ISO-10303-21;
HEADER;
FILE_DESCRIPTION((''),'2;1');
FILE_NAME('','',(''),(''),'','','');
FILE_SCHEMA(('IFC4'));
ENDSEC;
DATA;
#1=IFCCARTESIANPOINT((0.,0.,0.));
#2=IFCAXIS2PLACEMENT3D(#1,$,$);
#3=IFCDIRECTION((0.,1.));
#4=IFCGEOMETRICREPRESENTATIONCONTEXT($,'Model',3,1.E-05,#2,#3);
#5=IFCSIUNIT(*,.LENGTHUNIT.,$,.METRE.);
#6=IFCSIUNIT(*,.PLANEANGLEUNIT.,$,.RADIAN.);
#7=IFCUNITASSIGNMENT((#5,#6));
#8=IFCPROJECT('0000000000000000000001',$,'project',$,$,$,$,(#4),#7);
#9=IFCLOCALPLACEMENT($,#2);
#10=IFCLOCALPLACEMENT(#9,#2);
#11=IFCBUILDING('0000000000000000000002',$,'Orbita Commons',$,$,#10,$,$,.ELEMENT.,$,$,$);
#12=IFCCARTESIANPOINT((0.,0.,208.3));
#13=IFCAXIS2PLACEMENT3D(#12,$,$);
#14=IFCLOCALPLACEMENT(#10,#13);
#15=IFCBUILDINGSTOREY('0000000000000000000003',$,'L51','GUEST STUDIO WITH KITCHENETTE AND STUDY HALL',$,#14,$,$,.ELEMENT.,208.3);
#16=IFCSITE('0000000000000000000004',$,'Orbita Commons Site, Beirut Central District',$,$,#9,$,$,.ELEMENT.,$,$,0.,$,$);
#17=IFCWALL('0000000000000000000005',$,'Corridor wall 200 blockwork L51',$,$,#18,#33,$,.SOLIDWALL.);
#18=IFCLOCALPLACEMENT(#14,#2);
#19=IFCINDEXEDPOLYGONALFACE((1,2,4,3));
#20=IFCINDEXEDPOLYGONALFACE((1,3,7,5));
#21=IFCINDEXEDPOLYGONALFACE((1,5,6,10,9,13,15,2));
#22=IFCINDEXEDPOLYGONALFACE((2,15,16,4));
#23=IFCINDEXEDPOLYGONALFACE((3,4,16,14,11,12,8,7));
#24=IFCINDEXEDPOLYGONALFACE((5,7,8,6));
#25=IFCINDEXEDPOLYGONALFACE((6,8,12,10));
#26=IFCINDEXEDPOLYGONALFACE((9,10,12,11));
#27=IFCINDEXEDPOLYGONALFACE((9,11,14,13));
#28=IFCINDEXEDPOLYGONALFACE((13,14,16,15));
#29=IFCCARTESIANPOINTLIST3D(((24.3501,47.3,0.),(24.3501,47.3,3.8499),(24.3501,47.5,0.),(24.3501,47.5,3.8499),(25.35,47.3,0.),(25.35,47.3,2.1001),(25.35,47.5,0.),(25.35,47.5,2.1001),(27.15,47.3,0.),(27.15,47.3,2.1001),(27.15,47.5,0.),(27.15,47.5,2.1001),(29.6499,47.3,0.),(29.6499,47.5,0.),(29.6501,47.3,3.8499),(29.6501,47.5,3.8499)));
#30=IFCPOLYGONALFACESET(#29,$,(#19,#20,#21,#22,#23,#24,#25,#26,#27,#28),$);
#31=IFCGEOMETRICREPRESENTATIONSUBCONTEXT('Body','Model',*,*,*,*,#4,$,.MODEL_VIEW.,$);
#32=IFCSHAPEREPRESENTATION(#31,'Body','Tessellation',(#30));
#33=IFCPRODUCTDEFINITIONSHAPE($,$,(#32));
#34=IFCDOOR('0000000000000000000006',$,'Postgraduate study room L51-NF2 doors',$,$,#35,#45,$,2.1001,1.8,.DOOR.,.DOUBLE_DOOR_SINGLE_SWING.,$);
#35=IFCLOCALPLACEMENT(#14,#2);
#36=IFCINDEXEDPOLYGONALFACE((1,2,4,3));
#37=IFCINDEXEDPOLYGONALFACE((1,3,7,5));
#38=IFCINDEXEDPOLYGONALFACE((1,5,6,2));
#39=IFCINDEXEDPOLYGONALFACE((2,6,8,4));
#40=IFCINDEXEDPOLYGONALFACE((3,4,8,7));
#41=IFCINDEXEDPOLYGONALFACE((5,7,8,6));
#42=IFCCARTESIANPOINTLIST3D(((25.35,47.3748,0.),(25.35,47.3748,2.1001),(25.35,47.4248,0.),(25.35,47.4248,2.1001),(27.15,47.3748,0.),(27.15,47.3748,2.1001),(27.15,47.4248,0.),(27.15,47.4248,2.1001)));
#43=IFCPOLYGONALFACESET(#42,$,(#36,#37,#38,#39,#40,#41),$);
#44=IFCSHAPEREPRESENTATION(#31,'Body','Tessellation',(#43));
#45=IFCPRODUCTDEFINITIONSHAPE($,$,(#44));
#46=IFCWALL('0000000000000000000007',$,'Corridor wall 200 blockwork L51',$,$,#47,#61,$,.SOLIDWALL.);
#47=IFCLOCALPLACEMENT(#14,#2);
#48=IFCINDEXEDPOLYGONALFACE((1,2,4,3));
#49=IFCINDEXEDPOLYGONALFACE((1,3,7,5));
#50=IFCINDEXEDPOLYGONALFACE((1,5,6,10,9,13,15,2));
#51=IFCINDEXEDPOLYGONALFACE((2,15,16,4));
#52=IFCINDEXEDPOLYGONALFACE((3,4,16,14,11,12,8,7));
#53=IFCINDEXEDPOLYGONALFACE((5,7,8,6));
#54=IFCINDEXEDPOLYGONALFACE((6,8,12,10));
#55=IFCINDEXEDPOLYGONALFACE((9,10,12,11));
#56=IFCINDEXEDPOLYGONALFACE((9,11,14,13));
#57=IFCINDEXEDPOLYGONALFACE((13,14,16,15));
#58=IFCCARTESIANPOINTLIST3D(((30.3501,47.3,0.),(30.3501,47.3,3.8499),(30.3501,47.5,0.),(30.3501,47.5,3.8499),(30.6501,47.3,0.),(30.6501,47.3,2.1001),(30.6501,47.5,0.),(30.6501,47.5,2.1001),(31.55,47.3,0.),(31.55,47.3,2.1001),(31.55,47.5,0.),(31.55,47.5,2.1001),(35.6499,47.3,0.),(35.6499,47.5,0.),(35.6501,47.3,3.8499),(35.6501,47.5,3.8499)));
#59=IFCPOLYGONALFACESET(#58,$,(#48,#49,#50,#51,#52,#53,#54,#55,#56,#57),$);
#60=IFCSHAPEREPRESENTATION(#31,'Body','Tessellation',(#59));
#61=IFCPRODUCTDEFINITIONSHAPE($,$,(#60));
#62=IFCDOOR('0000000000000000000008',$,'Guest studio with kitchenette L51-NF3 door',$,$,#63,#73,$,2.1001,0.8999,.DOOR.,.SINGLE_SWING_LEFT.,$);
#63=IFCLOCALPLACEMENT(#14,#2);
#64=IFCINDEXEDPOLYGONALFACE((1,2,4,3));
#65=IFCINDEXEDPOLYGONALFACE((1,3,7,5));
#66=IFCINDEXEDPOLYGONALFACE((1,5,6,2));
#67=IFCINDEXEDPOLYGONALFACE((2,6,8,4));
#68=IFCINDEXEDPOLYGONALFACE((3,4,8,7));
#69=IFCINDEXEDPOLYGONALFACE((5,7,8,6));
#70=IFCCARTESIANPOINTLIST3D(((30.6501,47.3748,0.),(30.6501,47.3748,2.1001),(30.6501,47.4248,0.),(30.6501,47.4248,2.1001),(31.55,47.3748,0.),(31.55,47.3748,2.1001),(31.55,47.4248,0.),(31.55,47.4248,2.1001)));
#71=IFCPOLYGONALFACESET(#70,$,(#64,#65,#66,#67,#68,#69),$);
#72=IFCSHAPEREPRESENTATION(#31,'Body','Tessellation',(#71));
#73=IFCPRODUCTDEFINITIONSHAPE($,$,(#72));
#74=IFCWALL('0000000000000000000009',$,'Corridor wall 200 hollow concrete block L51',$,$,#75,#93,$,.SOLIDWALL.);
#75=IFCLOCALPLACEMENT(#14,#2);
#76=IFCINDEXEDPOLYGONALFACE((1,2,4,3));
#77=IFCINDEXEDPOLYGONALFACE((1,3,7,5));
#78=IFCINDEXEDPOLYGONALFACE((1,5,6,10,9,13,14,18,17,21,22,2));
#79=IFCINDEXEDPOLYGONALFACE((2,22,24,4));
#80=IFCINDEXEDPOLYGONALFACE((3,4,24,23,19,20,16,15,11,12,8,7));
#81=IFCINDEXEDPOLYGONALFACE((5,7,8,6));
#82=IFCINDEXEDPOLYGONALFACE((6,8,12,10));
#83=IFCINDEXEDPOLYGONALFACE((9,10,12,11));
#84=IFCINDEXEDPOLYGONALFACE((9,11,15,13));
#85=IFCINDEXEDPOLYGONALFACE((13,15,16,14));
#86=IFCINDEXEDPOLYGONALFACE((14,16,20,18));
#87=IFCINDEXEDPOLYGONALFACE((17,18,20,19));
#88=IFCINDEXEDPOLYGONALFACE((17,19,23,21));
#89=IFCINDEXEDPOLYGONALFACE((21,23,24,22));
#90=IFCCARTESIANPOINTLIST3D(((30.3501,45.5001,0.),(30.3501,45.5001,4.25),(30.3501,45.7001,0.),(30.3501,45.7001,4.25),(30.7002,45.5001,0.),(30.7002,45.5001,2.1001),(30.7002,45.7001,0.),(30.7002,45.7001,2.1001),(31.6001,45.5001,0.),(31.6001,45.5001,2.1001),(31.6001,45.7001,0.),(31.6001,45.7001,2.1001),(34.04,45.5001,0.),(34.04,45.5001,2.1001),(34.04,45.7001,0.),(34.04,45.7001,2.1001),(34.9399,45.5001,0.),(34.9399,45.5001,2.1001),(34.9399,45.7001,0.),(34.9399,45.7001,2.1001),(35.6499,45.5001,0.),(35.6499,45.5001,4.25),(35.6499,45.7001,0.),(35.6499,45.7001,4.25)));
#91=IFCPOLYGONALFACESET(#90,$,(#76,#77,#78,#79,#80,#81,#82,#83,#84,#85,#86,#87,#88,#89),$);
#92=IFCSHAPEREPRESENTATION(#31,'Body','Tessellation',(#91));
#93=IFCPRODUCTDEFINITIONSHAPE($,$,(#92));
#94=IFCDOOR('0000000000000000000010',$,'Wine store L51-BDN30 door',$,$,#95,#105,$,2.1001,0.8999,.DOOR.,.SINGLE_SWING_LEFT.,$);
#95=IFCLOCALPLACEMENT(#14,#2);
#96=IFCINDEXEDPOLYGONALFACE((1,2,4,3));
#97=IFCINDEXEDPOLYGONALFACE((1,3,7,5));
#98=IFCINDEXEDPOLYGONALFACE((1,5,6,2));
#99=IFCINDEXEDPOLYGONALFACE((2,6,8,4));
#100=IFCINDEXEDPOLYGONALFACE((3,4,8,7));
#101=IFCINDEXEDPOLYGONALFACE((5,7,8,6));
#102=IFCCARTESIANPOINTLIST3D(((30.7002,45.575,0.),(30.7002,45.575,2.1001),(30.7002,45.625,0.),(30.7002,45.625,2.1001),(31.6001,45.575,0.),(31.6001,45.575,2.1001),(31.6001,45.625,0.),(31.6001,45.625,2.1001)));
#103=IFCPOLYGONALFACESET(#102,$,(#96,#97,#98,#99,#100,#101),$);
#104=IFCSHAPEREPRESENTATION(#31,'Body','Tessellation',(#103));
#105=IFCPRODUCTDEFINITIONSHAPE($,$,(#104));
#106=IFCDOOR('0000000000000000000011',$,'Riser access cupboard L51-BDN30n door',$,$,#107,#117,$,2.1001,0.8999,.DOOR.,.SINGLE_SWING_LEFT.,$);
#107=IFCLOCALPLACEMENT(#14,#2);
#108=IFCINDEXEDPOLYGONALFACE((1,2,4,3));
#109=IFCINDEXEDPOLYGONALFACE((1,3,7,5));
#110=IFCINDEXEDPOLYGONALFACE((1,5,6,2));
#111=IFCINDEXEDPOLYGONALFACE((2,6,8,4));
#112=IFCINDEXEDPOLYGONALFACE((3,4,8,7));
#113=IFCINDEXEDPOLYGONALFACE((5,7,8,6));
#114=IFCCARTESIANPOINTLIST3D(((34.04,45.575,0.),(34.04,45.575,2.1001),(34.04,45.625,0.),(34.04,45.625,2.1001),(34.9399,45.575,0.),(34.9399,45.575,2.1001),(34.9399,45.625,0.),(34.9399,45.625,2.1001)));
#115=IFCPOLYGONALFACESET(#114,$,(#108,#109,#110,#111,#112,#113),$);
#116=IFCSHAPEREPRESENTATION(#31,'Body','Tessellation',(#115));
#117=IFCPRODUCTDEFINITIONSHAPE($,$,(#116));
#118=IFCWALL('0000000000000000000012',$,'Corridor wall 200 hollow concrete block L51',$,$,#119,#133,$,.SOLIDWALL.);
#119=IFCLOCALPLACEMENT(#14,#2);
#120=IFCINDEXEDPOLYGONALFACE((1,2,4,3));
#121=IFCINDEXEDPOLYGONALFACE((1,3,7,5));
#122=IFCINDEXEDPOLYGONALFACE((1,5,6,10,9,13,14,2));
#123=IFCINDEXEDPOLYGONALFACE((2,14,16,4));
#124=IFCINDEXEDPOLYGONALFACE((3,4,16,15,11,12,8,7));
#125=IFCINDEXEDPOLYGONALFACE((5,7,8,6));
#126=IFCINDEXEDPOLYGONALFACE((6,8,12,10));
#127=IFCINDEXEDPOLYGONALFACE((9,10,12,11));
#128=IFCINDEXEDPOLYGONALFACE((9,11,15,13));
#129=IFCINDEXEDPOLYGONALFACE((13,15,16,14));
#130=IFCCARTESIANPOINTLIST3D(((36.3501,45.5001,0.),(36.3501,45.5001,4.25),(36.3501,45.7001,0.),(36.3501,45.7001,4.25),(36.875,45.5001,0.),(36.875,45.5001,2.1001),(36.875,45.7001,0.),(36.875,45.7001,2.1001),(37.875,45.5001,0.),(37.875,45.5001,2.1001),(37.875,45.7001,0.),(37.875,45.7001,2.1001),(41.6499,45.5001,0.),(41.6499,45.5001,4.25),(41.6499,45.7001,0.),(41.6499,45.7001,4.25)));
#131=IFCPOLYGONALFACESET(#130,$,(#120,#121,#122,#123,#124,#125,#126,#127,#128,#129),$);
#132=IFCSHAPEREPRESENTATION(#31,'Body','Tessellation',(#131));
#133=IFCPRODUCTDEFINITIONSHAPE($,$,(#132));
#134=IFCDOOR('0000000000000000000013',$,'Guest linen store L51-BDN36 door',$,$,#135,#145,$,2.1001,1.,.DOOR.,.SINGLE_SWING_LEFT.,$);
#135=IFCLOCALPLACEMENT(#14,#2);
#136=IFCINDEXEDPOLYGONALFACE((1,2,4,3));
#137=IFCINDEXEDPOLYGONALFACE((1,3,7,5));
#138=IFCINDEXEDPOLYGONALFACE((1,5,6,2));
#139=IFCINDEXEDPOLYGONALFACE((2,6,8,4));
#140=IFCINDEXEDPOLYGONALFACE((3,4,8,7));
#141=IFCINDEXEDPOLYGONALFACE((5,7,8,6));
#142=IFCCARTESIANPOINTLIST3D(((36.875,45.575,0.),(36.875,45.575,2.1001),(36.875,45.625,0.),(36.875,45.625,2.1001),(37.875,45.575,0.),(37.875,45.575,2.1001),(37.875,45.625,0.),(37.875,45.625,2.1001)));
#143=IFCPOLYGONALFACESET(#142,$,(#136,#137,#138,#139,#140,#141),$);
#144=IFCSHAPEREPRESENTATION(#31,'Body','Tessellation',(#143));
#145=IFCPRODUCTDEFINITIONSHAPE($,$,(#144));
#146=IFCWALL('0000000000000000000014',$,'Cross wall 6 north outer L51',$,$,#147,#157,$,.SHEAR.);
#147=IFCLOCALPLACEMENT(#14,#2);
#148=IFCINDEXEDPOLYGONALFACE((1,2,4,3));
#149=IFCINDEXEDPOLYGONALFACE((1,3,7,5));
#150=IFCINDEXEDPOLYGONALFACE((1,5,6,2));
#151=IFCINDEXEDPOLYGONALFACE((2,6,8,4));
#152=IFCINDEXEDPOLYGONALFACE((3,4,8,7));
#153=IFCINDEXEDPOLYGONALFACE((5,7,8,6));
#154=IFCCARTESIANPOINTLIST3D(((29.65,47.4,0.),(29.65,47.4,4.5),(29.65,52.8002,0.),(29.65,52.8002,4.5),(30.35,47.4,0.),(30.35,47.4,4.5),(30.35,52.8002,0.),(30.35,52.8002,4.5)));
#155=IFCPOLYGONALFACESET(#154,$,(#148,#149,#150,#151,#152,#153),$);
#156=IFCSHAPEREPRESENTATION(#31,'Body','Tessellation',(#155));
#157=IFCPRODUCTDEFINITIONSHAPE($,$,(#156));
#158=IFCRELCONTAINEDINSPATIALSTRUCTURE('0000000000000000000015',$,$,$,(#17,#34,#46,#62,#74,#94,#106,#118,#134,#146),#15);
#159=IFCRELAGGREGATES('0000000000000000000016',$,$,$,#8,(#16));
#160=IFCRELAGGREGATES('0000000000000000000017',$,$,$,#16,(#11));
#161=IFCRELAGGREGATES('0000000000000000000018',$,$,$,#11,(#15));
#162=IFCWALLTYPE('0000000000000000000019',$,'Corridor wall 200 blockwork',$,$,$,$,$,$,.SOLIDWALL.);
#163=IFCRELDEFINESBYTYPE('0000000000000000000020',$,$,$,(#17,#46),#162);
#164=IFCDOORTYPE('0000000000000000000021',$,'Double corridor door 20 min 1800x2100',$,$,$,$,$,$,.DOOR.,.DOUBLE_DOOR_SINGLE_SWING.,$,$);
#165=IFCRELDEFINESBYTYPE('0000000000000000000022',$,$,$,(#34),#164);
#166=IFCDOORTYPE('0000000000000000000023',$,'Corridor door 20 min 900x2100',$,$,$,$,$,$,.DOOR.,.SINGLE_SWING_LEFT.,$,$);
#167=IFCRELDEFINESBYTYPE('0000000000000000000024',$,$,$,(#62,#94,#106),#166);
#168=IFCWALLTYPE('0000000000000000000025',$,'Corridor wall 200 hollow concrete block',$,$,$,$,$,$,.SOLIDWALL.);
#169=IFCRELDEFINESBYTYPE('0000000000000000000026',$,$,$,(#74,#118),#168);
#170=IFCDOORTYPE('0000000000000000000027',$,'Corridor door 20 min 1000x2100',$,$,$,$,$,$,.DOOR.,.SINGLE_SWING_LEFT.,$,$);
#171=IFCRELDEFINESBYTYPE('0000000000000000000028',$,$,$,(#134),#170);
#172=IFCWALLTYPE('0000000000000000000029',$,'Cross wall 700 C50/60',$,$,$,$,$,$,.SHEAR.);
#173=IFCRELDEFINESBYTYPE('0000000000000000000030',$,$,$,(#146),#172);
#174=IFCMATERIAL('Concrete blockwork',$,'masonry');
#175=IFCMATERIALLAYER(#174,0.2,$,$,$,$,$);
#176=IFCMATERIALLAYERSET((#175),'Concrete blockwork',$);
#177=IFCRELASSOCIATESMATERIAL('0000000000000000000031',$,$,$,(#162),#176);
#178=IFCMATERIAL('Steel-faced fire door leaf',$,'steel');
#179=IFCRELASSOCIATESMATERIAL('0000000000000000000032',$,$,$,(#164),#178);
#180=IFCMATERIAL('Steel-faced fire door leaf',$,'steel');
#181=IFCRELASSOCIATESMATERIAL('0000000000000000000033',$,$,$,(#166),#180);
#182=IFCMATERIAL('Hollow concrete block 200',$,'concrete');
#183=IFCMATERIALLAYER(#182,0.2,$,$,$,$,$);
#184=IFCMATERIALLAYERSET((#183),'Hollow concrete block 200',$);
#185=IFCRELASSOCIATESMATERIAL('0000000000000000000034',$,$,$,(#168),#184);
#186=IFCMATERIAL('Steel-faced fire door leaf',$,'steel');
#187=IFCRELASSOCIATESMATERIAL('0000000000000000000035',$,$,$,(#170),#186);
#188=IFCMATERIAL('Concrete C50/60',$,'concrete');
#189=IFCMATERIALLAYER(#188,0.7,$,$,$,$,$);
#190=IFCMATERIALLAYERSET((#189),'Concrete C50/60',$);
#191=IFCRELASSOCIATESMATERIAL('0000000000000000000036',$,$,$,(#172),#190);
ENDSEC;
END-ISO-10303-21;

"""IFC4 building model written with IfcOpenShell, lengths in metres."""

from ifc_helpers import new_model, si_unit, direction, frame, frame_2d, origin, place, context, subcontext, project, spatial, polyline, rectangle, outline, extrude, material, layer, layer_set, type_object, element, fill, save


model = new_model("IFC4")

# Units and contexts
model_context = context("Model", 3, precision=1e-05, world=origin(), true_north=direction((0.0, 1.0)))
body_context = subcontext(model_context, "Body", "Model", "MODEL_VIEW")
ifc_project = project(units=[si_unit("LENGTHUNIT", "METRE"), si_unit("PLANEANGLEUNIT", "RADIAN")], contexts=[model_context])

# Site, building, storey
site_placement = place(None, origin())
site = spatial("IfcSite", under=ifc_project, at=site_placement, Name="Orbita Commons Site, Beirut Central District", CompositionType="ELEMENT", RefElevation=0.0)
building_placement = place(site_placement, origin())
building = spatial("IfcBuilding", under=site, at=building_placement, Name="Orbita Commons", CompositionType="ELEMENT")
storey_placement = place(building_placement, frame((0.0, 0.0, 208.3)))
storey = spatial("IfcBuildingStorey", under=building, at=storey_placement, Name="L51", Description="GUEST STUDIO WITH KITCHENETTE AND STUDY HALL", CompositionType="ELEMENT", Elevation=208.3)

# Walls, openings, doors
ifc_material_1 = material(Name="Concrete blockwork", Category="masonry")
ifc_layer_1 = layer(ifc_material_1, 0.2)
ifc_layer_set_1 = layer_set([ifc_layer_1], Name="Concrete blockwork")
wall_type_1 = type_object("IfcWallType", Name="Corridor wall 200 blockwork", PredefinedType="SOLIDWALL", material=ifc_layer_set_1)
wall_1_placement = place(storey_placement, frame((24.3501, 47.3999, 0.0), z_axis=(0.0, 0.0, 1.0), x_axis=(1.0, 0.0, 0.0)))
wall_1 = element("IfcWall", 1, at=wall_1_placement, inside=storey, type_object=wall_type_1, Name="Corridor wall 200 blockwork L51", PredefinedType="SOLIDWALL", context=body_context, shape_type="SweptSolid", body=[
    extrude(outline(polyline([(0.0, 0.0), (5.2998, 0.0), (5.3, 3.8499), (0.0, 3.8499), (0.0, 0.0)])), frame((0.0, 0.1001, 0.0), z_axis=(0.0, -1.0, 0.0), x_axis=(1.0, 0.0, 0.0)), (0.0, 0.0, 1.0), 0.2),
])
opening_1_placement = place(wall_1_placement, frame((1.0, 0.0, 0.0)))
opening_1 = element("IfcOpeningElement", 2, at=opening_1_placement, cuts=wall_1, PredefinedType="OPENING", context=body_context, shape_type="SweptSolid", body=[
    extrude(rectangle(XDim=1.8, YDim=2.1001, at=frame_2d((0.8999, 1.05))), frame((0.0, 0.1099, 0.0), z_axis=(0.0, -1.0, 0.0), x_axis=(1.0, 0.0, 0.0)), (0.0, 0.0, 1.0), 0.22),
])
ifc_material_2 = material(Name="Steel-faced fire door leaf", Category="steel")
door_type_1 = type_object("IfcDoorType", Name="Double corridor door 20 min 1800x2100", OperationType="DOUBLE_DOOR_SINGLE_SWING", PredefinedType="DOOR", material=ifc_material_2)
door_1_placement = place(opening_1_placement, origin())
door_1 = element("IfcDoor", 3, at=door_1_placement, inside=storey, type_object=door_type_1, Name="Postgraduate study room L51-NF2 doors", OperationType="DOUBLE_DOOR_SINGLE_SWING", OverallHeight=2.1001, OverallWidth=1.8, PredefinedType="DOOR", context=body_context, shape_type="SweptSolid", body=[
    extrude(rectangle(XDim=1.8, YDim=2.1001, at=frame_2d((0.8999, 1.05))), frame((0.0, 0.0249, 0.0), z_axis=(0.0, -1.0, 0.0), x_axis=(1.0, 0.0, 0.0)), (0.0, 0.0, 1.0), 0.05),
])
fill(opening_1, door_1)
wall_2_placement = place(storey_placement, frame((30.3501, 47.3999, 0.0), z_axis=(0.0, 0.0, 1.0), x_axis=(1.0, 0.0, 0.0)))
wall_2 = element("IfcWall", 4, at=wall_2_placement, inside=storey, type_object=wall_type_1, Name="Corridor wall 200 blockwork L51", PredefinedType="SOLIDWALL", context=body_context, shape_type="SweptSolid", body=[
    extrude(outline(polyline([(0.0, 0.0), (5.2998, 0.0), (5.3, 3.8499), (0.0, 3.8499), (0.0, 0.0)])), frame((0.0, 0.1001, 0.0), z_axis=(0.0, -1.0, 0.0), x_axis=(1.0, 0.0, 0.0)), (0.0, 0.0, 1.0), 0.2),
])
opening_2_placement = place(wall_2_placement, frame((0.3, 0.0, 0.0)))
opening_2 = element("IfcOpeningElement", 5, at=opening_2_placement, cuts=wall_2, PredefinedType="OPENING", context=body_context, shape_type="SweptSolid", body=[
    extrude(rectangle(XDim=0.8999, YDim=2.1001, at=frame_2d((0.45, 1.05))), frame((0.0, 0.1099, 0.0), z_axis=(0.0, -1.0, 0.0), x_axis=(1.0, 0.0, 0.0)), (0.0, 0.0, 1.0), 0.22),
])
ifc_material_3 = material(Name="Steel-faced fire door leaf", Category="steel")
door_type_2 = type_object("IfcDoorType", Name="Corridor door 20 min 900x2100", OperationType="SINGLE_SWING_LEFT", PredefinedType="DOOR", material=ifc_material_3)
door_2_placement = place(opening_2_placement, origin())
door_2 = element("IfcDoor", 6, at=door_2_placement, inside=storey, type_object=door_type_2, Name="Guest studio with kitchenette L51-NF3 door", OperationType="SINGLE_SWING_LEFT", OverallHeight=2.1001, OverallWidth=0.8999, PredefinedType="DOOR", context=body_context, shape_type="SweptSolid", body=[
    extrude(rectangle(XDim=0.8999, YDim=2.1001, at=frame_2d((0.45, 1.05))), frame((0.0, 0.0249, 0.0), z_axis=(0.0, -1.0, 0.0), x_axis=(1.0, 0.0, 0.0)), (0.0, 0.0, 1.0), 0.05),
])
fill(opening_2, door_2)

# Wall, openings, doors
ifc_material_4 = material(Name="Hollow concrete block 200", Category="concrete")
ifc_layer_2 = layer(ifc_material_4, 0.2)
ifc_layer_set_2 = layer_set([ifc_layer_2], Name="Hollow concrete block 200")
wall_type_2 = type_object("IfcWallType", Name="Corridor wall 200 hollow concrete block", PredefinedType="SOLIDWALL", material=ifc_layer_set_2)
wall_3_placement = place(storey_placement, frame((30.3501, 45.6001, 0.0), z_axis=(0.0, 0.0, 1.0), x_axis=(1.0, 0.0, 0.0)))
wall_3 = element("IfcWall", 7, at=wall_3_placement, inside=storey, type_object=wall_type_2, Name="Corridor wall 200 hollow concrete block L51", PredefinedType="SOLIDWALL", context=body_context, shape_type="SweptSolid", body=[
    extrude(rectangle(XDim=5.2998, YDim=0.2, at=frame_2d((2.6499, 0.0))), origin(), (0.0, 0.0, 1.0), 4.25),
])
opening_3_placement = place(wall_3_placement, frame((0.3501, 0.0, 0.0)))
opening_3 = element("IfcOpeningElement", 8, at=opening_3_placement, cuts=wall_3, PredefinedType="OPENING", context=body_context, shape_type="SweptSolid", body=[
    extrude(rectangle(XDim=0.8999, YDim=2.1001, at=frame_2d((0.45, 1.05))), frame((0.0, 0.1099, 0.0), z_axis=(0.0, -1.0, 0.0), x_axis=(1.0, 0.0, 0.0)), (0.0, 0.0, 1.0), 0.22),
])
opening_4_placement = place(wall_3_placement, frame((3.6899, 0.0, 0.0)))
opening_4 = element("IfcOpeningElement", 9, at=opening_4_placement, cuts=wall_3, PredefinedType="OPENING", context=body_context, shape_type="SweptSolid", body=[
    extrude(rectangle(XDim=0.8999, YDim=2.1001, at=frame_2d((0.45, 1.05))), frame((0.0, 0.1099, 0.0), z_axis=(0.0, -1.0, 0.0), x_axis=(1.0, 0.0, 0.0)), (0.0, 0.0, 1.0), 0.22),
])
door_3_placement = place(opening_3_placement, origin())
door_3 = element("IfcDoor", 10, at=door_3_placement, inside=storey, type_object=door_type_2, Name="Wine store L51-BDN30 door", OperationType="SINGLE_SWING_LEFT", OverallHeight=2.1001, OverallWidth=0.8999, PredefinedType="DOOR", context=body_context, shape_type="SweptSolid", body=[
    extrude(rectangle(XDim=0.8999, YDim=2.1001, at=frame_2d((0.45, 1.05))), frame((0.0, 0.0249, 0.0), z_axis=(0.0, -1.0, 0.0), x_axis=(1.0, 0.0, 0.0)), (0.0, 0.0, 1.0), 0.05),
])
fill(opening_3, door_3)
door_4_placement = place(opening_4_placement, origin())
door_4 = element("IfcDoor", 11, at=door_4_placement, inside=storey, type_object=door_type_2, Name="Riser access cupboard L51-BDN30n door", OperationType="SINGLE_SWING_LEFT", OverallHeight=2.1001, OverallWidth=0.8999, PredefinedType="DOOR", context=body_context, shape_type="SweptSolid", body=[
    extrude(rectangle(XDim=0.8999, YDim=2.1001, at=frame_2d((0.45, 1.05))), frame((0.0, 0.0249, 0.0), z_axis=(0.0, -1.0, 0.0), x_axis=(1.0, 0.0, 0.0)), (0.0, 0.0, 1.0), 0.05),
])
fill(opening_4, door_4)

# Wall, opening, door
wall_4_placement = place(storey_placement, frame((36.3501, 45.6001, 0.0), z_axis=(0.0, 0.0, 1.0), x_axis=(1.0, 0.0, 0.0)))
wall_4 = element("IfcWall", 12, at=wall_4_placement, inside=storey, type_object=wall_type_2, Name="Corridor wall 200 hollow concrete block L51", PredefinedType="SOLIDWALL", context=body_context, shape_type="SweptSolid", body=[
    extrude(rectangle(XDim=5.2998, YDim=0.2, at=frame_2d((2.6499, 0.0))), origin(), (0.0, 0.0, 1.0), 4.25),
])
opening_5_placement = place(wall_4_placement, frame((0.5249, 0.0, 0.0)))
opening_5 = element("IfcOpeningElement", 13, at=opening_5_placement, cuts=wall_4, PredefinedType="OPENING", context=body_context, shape_type="SweptSolid", body=[
    extrude(rectangle(XDim=1.0, YDim=2.1001, at=frame_2d((0.5, 1.05))), frame((0.0, 0.1099, 0.0), z_axis=(0.0, -1.0, 0.0), x_axis=(1.0, 0.0, 0.0)), (0.0, 0.0, 1.0), 0.22),
])
ifc_material_5 = material(Name="Steel-faced fire door leaf", Category="steel")
door_type_3 = type_object("IfcDoorType", Name="Corridor door 20 min 1000x2100", OperationType="SINGLE_SWING_LEFT", PredefinedType="DOOR", material=ifc_material_5)
door_5_placement = place(opening_5_placement, origin())
door_5 = element("IfcDoor", 14, at=door_5_placement, inside=storey, type_object=door_type_3, Name="Guest linen store L51-BDN36 door", OperationType="SINGLE_SWING_LEFT", OverallHeight=2.1001, OverallWidth=1.0, PredefinedType="DOOR", context=body_context, shape_type="SweptSolid", body=[
    extrude(rectangle(XDim=1.0, YDim=2.1001, at=frame_2d((0.5, 1.05))), frame((0.0, 0.0249, 0.0), z_axis=(0.0, -1.0, 0.0), x_axis=(1.0, 0.0, 0.0)), (0.0, 0.0, 1.0), 0.05),
])
fill(opening_5, door_5)

# Wall
ifc_material_6 = material(Name="Concrete C50/60", Category="concrete")
ifc_layer_3 = layer(ifc_material_6, 0.7)
ifc_layer_set_3 = layer_set([ifc_layer_3], Name="Concrete C50/60")
wall_type_3 = type_object("IfcWallType", Name="Cross wall 700 C50/60", PredefinedType="SHEAR", material=ifc_layer_set_3)
wall_5_placement = place(storey_placement, frame((30.0, 47.3999, 0.0), z_axis=(0.0, 0.0, 1.0), x_axis=(0.0, 1.0, 0.0)))
element("IfcWall", 15, at=wall_5_placement, inside=storey, type_object=wall_type_3, Name="Cross wall 6 north outer L51", PredefinedType="SHEAR", context=body_context, shape_type="SweptSolid", body=[
    extrude(rectangle(XDim=5.4001, YDim=0.7, at=frame_2d((2.7002, 0.0))), origin(), (0.0, 0.0, 1.0), 4.5),
])

save(model, "model.ifc")
